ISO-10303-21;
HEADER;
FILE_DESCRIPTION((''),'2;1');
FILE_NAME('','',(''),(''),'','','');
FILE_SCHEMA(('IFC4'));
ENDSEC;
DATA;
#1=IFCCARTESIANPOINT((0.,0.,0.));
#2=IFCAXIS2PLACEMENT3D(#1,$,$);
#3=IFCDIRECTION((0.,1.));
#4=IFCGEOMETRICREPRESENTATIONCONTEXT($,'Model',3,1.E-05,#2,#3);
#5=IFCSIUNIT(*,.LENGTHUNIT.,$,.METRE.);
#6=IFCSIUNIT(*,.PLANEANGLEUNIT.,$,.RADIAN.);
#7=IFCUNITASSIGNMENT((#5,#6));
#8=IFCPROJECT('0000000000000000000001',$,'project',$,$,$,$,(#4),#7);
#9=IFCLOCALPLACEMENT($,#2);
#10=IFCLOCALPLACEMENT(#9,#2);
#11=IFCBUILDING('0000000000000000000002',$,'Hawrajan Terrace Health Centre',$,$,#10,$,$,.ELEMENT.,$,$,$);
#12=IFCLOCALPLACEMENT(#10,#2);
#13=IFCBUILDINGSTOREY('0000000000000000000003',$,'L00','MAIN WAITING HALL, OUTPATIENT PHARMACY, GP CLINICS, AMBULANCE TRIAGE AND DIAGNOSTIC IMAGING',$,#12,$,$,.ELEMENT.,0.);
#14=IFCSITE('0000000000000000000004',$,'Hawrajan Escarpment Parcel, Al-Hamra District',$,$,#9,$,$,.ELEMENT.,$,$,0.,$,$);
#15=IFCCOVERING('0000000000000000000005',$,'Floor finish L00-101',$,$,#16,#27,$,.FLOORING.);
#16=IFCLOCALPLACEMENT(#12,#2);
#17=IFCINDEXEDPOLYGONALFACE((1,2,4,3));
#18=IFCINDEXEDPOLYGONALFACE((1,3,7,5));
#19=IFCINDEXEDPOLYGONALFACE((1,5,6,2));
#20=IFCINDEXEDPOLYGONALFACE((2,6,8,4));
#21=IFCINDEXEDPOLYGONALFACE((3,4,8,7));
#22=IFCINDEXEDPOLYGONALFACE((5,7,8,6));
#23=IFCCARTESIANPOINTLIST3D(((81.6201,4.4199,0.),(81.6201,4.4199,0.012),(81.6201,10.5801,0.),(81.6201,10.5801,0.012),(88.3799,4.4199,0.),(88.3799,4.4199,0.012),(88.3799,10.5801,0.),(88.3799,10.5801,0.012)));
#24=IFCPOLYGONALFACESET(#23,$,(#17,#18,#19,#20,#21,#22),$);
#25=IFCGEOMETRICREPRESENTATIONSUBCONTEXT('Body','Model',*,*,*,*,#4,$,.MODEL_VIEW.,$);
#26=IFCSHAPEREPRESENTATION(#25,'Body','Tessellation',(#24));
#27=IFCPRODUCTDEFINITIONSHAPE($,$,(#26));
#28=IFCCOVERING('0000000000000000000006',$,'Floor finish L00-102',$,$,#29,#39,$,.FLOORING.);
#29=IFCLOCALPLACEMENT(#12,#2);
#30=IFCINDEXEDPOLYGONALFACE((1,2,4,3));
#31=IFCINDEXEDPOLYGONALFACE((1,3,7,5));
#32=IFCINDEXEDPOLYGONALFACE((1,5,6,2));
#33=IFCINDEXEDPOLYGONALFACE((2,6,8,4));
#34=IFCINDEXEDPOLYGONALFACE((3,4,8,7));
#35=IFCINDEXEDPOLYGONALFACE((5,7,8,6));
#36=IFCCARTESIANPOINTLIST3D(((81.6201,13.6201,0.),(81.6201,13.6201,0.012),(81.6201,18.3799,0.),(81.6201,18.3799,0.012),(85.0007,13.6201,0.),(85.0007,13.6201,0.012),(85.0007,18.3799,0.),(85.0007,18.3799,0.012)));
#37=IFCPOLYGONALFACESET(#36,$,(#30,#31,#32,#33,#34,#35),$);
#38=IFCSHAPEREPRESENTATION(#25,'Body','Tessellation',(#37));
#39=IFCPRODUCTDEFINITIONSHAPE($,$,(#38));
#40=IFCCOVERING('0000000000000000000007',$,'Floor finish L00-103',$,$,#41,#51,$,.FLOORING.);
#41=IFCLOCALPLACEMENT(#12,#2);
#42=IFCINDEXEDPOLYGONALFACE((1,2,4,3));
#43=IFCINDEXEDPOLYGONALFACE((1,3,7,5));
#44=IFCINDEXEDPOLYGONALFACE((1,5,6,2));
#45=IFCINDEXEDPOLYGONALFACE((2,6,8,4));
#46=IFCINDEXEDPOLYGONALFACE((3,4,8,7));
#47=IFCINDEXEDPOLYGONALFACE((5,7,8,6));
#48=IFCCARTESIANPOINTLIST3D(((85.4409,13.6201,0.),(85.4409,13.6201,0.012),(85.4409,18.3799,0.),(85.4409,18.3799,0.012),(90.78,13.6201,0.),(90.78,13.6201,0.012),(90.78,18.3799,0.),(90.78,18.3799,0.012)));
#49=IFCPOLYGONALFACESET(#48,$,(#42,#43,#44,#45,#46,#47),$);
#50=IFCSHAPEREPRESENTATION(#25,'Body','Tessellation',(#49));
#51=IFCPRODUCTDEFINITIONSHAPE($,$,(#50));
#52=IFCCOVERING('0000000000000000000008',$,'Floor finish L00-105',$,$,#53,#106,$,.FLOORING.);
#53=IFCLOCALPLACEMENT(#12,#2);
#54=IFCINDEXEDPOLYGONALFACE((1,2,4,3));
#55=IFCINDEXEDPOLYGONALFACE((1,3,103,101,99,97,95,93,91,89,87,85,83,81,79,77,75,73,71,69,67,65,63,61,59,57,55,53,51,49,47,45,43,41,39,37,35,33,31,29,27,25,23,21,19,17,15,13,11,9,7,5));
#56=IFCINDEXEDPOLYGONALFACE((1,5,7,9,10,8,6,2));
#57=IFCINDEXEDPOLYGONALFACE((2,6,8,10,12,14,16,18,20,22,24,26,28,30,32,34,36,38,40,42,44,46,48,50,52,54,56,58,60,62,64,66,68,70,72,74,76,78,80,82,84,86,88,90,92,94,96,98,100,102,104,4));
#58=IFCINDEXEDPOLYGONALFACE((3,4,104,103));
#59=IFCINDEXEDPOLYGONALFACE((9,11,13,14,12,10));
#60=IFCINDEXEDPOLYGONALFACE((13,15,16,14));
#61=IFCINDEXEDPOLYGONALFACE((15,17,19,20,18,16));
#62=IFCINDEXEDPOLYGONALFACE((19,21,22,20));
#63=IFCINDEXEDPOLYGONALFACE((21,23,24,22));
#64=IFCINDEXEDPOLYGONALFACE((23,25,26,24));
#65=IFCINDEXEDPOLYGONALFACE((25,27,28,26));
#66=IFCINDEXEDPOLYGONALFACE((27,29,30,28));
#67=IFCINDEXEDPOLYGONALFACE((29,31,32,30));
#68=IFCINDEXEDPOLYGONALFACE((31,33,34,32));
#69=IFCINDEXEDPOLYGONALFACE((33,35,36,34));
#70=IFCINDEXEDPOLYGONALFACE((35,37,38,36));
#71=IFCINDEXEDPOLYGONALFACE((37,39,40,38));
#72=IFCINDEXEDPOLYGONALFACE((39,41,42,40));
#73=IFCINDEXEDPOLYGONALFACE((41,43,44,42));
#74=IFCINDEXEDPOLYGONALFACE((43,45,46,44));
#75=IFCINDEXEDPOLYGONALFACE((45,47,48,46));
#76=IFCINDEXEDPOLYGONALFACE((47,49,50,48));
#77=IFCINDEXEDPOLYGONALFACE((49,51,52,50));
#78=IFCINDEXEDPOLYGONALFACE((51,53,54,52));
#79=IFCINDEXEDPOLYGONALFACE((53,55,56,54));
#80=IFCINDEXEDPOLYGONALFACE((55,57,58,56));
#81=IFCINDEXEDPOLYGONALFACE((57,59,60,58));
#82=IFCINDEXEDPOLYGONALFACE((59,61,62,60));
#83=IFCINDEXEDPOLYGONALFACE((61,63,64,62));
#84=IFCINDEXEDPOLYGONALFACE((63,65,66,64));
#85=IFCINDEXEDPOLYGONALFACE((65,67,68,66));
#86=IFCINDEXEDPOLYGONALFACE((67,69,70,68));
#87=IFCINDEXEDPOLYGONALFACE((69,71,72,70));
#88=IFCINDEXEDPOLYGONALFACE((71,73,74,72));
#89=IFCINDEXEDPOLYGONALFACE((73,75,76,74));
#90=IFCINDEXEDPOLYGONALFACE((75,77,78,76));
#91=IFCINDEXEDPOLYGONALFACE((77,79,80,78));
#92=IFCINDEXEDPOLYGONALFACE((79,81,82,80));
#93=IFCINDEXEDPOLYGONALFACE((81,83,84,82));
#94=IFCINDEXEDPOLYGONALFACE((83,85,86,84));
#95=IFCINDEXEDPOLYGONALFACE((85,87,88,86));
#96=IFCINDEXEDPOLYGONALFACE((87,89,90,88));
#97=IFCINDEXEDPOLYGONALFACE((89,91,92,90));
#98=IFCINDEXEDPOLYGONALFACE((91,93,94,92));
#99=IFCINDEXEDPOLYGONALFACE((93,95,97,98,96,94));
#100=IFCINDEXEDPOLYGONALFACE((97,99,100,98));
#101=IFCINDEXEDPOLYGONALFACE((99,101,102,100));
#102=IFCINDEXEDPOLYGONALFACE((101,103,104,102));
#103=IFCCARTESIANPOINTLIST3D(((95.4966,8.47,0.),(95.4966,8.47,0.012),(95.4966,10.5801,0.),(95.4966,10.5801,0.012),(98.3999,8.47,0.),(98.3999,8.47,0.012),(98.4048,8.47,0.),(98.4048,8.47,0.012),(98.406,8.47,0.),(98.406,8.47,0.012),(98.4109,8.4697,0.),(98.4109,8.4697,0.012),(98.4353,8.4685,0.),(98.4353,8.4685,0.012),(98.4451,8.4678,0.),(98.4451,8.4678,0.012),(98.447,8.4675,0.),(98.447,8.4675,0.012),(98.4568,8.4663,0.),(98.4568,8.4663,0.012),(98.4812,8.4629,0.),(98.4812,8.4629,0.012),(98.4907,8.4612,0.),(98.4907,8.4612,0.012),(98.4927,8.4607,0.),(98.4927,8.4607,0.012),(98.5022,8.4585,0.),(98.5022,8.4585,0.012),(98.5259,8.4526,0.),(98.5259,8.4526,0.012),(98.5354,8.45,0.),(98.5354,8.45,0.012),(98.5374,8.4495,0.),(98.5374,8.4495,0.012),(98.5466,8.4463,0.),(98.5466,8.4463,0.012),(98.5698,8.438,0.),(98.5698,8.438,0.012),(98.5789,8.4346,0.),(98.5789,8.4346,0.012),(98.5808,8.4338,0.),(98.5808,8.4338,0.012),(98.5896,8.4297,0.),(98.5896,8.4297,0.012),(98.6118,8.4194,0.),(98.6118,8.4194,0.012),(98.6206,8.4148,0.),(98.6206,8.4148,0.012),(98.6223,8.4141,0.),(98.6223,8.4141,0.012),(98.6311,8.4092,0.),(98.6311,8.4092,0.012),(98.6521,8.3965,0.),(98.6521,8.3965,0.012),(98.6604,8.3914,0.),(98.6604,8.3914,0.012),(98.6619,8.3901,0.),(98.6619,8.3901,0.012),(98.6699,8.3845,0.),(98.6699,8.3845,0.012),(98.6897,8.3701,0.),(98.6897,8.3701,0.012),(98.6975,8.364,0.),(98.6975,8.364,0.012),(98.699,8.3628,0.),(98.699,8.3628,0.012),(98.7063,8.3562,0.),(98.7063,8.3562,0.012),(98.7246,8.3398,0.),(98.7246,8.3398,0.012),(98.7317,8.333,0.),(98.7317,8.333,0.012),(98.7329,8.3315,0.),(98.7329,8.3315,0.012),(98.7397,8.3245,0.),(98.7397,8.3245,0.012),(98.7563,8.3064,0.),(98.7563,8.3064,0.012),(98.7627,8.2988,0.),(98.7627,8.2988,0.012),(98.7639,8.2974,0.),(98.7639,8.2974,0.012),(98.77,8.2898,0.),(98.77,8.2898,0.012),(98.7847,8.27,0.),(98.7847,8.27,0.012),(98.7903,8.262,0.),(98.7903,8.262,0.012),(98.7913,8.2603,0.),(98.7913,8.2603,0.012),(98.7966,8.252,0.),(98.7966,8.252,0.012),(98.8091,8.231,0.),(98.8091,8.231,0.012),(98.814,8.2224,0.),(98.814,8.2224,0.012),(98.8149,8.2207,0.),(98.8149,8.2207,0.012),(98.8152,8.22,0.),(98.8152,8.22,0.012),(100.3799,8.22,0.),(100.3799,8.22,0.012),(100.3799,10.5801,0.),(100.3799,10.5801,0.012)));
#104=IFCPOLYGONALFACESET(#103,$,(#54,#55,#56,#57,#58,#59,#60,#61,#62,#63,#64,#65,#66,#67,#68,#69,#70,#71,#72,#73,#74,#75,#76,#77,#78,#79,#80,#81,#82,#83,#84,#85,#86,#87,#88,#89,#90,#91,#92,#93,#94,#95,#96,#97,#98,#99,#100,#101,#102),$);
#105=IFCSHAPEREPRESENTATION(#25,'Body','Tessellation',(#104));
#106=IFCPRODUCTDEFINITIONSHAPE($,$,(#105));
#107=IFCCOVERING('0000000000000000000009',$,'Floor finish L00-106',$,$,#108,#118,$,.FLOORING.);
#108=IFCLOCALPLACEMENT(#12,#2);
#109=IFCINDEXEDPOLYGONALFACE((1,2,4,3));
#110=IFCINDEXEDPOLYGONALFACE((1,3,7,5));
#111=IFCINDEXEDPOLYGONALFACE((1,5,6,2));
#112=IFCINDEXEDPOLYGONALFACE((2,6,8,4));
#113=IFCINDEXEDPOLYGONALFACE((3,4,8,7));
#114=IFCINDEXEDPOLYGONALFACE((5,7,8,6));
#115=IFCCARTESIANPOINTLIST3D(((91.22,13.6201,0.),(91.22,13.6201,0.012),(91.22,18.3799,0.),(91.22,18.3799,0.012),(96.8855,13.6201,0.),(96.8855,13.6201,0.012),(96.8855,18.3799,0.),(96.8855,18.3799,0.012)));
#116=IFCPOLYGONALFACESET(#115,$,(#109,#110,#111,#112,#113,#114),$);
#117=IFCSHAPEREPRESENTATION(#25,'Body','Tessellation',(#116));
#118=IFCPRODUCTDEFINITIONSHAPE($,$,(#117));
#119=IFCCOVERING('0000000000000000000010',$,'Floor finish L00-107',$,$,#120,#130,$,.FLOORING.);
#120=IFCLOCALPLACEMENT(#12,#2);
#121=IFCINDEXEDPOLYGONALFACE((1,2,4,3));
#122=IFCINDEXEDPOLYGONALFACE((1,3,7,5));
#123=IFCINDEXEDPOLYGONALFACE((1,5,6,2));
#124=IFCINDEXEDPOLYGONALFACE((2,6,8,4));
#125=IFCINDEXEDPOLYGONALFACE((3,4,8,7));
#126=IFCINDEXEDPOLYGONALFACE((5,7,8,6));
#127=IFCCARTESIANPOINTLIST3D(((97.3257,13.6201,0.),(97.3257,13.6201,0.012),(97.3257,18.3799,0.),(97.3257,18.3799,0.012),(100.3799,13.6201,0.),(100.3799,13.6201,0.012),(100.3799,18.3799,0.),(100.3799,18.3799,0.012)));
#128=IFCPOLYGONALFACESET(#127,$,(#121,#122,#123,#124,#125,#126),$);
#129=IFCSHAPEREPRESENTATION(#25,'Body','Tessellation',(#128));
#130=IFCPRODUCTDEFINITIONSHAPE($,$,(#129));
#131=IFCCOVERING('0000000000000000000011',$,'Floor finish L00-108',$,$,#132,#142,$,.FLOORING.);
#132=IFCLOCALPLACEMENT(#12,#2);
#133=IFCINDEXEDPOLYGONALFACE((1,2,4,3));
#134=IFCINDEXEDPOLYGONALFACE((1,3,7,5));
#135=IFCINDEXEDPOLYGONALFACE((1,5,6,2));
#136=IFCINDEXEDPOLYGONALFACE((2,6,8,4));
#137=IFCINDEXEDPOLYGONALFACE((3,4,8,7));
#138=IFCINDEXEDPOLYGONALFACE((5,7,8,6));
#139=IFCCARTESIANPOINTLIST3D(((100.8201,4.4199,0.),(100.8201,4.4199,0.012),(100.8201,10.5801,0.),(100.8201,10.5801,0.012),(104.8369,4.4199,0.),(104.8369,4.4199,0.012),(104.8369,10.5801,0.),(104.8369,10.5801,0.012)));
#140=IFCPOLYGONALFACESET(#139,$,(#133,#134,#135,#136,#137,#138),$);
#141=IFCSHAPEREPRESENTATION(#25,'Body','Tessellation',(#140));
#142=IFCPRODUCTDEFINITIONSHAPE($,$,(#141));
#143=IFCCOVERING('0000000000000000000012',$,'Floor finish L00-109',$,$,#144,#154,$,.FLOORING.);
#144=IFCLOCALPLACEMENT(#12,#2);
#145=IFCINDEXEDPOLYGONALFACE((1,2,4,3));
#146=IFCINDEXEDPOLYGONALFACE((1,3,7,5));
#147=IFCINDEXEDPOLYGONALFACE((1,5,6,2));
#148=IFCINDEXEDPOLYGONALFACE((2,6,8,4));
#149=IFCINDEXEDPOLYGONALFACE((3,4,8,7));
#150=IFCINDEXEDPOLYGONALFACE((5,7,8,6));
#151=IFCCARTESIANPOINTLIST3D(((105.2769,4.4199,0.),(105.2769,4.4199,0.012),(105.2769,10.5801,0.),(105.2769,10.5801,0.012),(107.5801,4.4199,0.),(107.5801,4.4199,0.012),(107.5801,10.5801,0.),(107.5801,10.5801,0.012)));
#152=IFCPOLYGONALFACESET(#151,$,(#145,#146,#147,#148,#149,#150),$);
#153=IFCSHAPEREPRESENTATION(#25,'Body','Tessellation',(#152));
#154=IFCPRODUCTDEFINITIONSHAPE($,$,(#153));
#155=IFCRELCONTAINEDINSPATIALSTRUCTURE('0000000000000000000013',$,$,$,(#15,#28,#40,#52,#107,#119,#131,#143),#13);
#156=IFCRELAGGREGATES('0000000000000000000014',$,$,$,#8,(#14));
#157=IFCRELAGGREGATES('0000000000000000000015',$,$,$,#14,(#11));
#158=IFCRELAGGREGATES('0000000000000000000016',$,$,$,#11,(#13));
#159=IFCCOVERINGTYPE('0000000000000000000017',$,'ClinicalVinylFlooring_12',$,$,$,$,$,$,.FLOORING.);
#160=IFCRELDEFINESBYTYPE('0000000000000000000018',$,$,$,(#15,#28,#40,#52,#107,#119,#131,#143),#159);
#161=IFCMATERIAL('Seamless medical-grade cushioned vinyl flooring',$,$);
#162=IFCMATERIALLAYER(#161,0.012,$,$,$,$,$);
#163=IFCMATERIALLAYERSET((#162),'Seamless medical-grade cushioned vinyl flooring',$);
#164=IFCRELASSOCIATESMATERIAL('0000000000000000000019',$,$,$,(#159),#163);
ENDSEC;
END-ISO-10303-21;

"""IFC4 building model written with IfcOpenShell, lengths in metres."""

from ifc_helpers import new_model, si_unit, direction, origin, place, context, subcontext, project, spatial, polyline, outline, extrude, material, layer, layer_set, type_object, element, save


model = new_model("IFC4")

# Units and contexts
model_context = context("Model", 3, precision=1e-05, world=origin(), true_north=direction((0.0, 1.0)))
body_context = subcontext(model_context, "Body", "Model", "MODEL_VIEW")
ifc_project = project(units=[si_unit("LENGTHUNIT", "METRE"), si_unit("PLANEANGLEUNIT", "RADIAN")], contexts=[model_context])

# Site, building, storey
site_placement = place(None, origin())
site = spatial("IfcSite", under=ifc_project, at=site_placement, Name="Hawrajan Escarpment Parcel, Al-Hamra District", CompositionType="ELEMENT", RefElevation=0.0)
building_placement = place(site_placement, origin())
building = spatial("IfcBuilding", under=site, at=building_placement, Name="Hawrajan Terrace Health Centre", CompositionType="ELEMENT")
storey_placement = place(building_placement, origin())
storey = spatial("IfcBuildingStorey", under=building, at=storey_placement, Name="L00", Description="MAIN WAITING HALL, OUTPATIENT PHARMACY, GP CLINICS, AMBULANCE TRIAGE AND DIAGNOSTIC IMAGING", CompositionType="ELEMENT", Elevation=0.0)

# Coverings
ifc_material_1 = material(Name="Seamless medical-grade cushioned vinyl flooring")
ifc_layer_1 = layer(ifc_material_1, 0.012)
ifc_layer_set_1 = layer_set([ifc_layer_1], Name="Seamless medical-grade cushioned vinyl flooring")
covering_type = type_object("IfcCoveringType", Name="ClinicalVinylFlooring_12", PredefinedType="FLOORING", material=ifc_layer_set_1)
covering_1_placement = place(storey_placement, origin())
element("IfcCovering", 1, at=covering_1_placement, inside=storey, type_object=covering_type, Name="Floor finish L00-101", PredefinedType="FLOORING", context=body_context, shape_type="SweptSolid", body=[
    extrude(outline(polyline([(81.6201, 10.5801), (88.3799, 10.5801), (88.3799, 4.4199), (81.6201, 4.4199), (81.6201, 10.5801)])), origin(), (0.0, 0.0, 1.0), 0.012),
])
covering_2_placement = place(storey_placement, origin())
element("IfcCovering", 2, at=covering_2_placement, inside=storey, type_object=covering_type, Name="Floor finish L00-102", PredefinedType="FLOORING", context=body_context, shape_type="SweptSolid", body=[
    extrude(outline(polyline([(81.6201, 18.3799), (85.0007, 18.3799), (85.0007, 13.6201), (81.6201, 13.6201), (81.6201, 18.3799)])), origin(), (0.0, 0.0, 1.0), 0.012),
])
covering_3_placement = place(storey_placement, origin())
element("IfcCovering", 3, at=covering_3_placement, inside=storey, type_object=covering_type, Name="Floor finish L00-103", PredefinedType="FLOORING", context=body_context, shape_type="SweptSolid", body=[
    extrude(outline(polyline([(85.4409, 18.3799), (90.78, 18.3799), (90.78, 13.6201), (85.4409, 13.6201), (85.4409, 18.3799)])), origin(), (0.0, 0.0, 1.0), 0.012),
])
covering_4_placement = place(storey_placement, origin())
element("IfcCovering", 4, at=covering_4_placement, inside=storey, type_object=covering_type, Name="Floor finish L00-105", PredefinedType="FLOORING", context=body_context, shape_type="SweptSolid", body=[
    extrude(outline(polyline([(95.4966, 10.5801), (100.3799, 10.5801), (100.3799, 8.22), (98.8152, 8.22), (98.8149, 8.2207), (98.814, 8.2224), (98.8091, 8.231), (98.7966, 8.252), (98.7913, 8.2603), (98.7903, 8.262), (98.7847, 8.27), (98.77, 8.2898), (98.7639, 8.2974), (98.7627, 8.2988), (98.7563, 8.3064), (98.7397, 8.3245), (98.7329, 8.3315), (98.7317, 8.333), (98.7246, 8.3398), (98.7063, 8.3562), (98.699, 8.3628), (98.6975, 8.364), (98.6897, 8.3701), (98.6699, 8.3845), (98.6619, 8.3901), (98.6604, 8.3914), (98.6521, 8.3965), (98.6311, 8.4092), (98.6223, 8.4141), (98.6206, 8.4148), (98.6118, 8.4194), (98.5896, 8.4297), (98.5808, 8.4338), (98.5789, 8.4346), (98.5698, 8.438), (98.5466, 8.4463), (98.5374, 8.4495), (98.5354, 8.45), (98.5259, 8.4526), (98.5022, 8.4585), (98.4927, 8.4607), (98.4907, 8.4612), (98.4812, 8.4629), (98.4568, 8.4663), (98.447, 8.4675), (98.4451, 8.4678), (98.4353, 8.4685), (98.4109, 8.4697), (98.406, 8.47), (98.4048, 8.47), (98.3999, 8.47), (95.4966, 8.47), (95.4966, 10.5801)])), origin(), (0.0, 0.0, 1.0), 0.012),
])
covering_5_placement = place(storey_placement, origin())
element("IfcCovering", 5, at=covering_5_placement, inside=storey, type_object=covering_type, Name="Floor finish L00-106", PredefinedType="FLOORING", context=body_context, shape_type="SweptSolid", body=[
    extrude(outline(polyline([(91.22, 18.3799), (96.8855, 18.3799), (96.8855, 13.6201), (91.22, 13.6201), (91.22, 18.3799)])), origin(), (0.0, 0.0, 1.0), 0.012),
])
covering_6_placement = place(storey_placement, origin())
element("IfcCovering", 6, at=covering_6_placement, inside=storey, type_object=covering_type, Name="Floor finish L00-107", PredefinedType="FLOORING", context=body_context, shape_type="SweptSolid", body=[
    extrude(outline(polyline([(97.3257, 18.3799), (100.3799, 18.3799), (100.3799, 13.6201), (97.3257, 13.6201), (97.3257, 18.3799)])), origin(), (0.0, 0.0, 1.0), 0.012),
])
covering_7_placement = place(storey_placement, origin())
element("IfcCovering", 7, at=covering_7_placement, inside=storey, type_object=covering_type, Name="Floor finish L00-108", PredefinedType="FLOORING", context=body_context, shape_type="SweptSolid", body=[
    extrude(outline(polyline([(100.8201, 10.5801), (104.8369, 10.5801), (104.8369, 4.4199), (100.8201, 4.4199), (100.8201, 10.5801)])), origin(), (0.0, 0.0, 1.0), 0.012),
])
covering_8_placement = place(storey_placement, origin())
element("IfcCovering", 8, at=covering_8_placement, inside=storey, type_object=covering_type, Name="Floor finish L00-109", PredefinedType="FLOORING", context=body_context, shape_type="SweptSolid", body=[
    extrude(outline(polyline([(105.2769, 10.5801), (107.5801, 10.5801), (107.5801, 4.4199), (105.2769, 4.4199), (105.2769, 10.5801)])), origin(), (0.0, 0.0, 1.0), 0.012),
])

save(model, "model.ifc")
